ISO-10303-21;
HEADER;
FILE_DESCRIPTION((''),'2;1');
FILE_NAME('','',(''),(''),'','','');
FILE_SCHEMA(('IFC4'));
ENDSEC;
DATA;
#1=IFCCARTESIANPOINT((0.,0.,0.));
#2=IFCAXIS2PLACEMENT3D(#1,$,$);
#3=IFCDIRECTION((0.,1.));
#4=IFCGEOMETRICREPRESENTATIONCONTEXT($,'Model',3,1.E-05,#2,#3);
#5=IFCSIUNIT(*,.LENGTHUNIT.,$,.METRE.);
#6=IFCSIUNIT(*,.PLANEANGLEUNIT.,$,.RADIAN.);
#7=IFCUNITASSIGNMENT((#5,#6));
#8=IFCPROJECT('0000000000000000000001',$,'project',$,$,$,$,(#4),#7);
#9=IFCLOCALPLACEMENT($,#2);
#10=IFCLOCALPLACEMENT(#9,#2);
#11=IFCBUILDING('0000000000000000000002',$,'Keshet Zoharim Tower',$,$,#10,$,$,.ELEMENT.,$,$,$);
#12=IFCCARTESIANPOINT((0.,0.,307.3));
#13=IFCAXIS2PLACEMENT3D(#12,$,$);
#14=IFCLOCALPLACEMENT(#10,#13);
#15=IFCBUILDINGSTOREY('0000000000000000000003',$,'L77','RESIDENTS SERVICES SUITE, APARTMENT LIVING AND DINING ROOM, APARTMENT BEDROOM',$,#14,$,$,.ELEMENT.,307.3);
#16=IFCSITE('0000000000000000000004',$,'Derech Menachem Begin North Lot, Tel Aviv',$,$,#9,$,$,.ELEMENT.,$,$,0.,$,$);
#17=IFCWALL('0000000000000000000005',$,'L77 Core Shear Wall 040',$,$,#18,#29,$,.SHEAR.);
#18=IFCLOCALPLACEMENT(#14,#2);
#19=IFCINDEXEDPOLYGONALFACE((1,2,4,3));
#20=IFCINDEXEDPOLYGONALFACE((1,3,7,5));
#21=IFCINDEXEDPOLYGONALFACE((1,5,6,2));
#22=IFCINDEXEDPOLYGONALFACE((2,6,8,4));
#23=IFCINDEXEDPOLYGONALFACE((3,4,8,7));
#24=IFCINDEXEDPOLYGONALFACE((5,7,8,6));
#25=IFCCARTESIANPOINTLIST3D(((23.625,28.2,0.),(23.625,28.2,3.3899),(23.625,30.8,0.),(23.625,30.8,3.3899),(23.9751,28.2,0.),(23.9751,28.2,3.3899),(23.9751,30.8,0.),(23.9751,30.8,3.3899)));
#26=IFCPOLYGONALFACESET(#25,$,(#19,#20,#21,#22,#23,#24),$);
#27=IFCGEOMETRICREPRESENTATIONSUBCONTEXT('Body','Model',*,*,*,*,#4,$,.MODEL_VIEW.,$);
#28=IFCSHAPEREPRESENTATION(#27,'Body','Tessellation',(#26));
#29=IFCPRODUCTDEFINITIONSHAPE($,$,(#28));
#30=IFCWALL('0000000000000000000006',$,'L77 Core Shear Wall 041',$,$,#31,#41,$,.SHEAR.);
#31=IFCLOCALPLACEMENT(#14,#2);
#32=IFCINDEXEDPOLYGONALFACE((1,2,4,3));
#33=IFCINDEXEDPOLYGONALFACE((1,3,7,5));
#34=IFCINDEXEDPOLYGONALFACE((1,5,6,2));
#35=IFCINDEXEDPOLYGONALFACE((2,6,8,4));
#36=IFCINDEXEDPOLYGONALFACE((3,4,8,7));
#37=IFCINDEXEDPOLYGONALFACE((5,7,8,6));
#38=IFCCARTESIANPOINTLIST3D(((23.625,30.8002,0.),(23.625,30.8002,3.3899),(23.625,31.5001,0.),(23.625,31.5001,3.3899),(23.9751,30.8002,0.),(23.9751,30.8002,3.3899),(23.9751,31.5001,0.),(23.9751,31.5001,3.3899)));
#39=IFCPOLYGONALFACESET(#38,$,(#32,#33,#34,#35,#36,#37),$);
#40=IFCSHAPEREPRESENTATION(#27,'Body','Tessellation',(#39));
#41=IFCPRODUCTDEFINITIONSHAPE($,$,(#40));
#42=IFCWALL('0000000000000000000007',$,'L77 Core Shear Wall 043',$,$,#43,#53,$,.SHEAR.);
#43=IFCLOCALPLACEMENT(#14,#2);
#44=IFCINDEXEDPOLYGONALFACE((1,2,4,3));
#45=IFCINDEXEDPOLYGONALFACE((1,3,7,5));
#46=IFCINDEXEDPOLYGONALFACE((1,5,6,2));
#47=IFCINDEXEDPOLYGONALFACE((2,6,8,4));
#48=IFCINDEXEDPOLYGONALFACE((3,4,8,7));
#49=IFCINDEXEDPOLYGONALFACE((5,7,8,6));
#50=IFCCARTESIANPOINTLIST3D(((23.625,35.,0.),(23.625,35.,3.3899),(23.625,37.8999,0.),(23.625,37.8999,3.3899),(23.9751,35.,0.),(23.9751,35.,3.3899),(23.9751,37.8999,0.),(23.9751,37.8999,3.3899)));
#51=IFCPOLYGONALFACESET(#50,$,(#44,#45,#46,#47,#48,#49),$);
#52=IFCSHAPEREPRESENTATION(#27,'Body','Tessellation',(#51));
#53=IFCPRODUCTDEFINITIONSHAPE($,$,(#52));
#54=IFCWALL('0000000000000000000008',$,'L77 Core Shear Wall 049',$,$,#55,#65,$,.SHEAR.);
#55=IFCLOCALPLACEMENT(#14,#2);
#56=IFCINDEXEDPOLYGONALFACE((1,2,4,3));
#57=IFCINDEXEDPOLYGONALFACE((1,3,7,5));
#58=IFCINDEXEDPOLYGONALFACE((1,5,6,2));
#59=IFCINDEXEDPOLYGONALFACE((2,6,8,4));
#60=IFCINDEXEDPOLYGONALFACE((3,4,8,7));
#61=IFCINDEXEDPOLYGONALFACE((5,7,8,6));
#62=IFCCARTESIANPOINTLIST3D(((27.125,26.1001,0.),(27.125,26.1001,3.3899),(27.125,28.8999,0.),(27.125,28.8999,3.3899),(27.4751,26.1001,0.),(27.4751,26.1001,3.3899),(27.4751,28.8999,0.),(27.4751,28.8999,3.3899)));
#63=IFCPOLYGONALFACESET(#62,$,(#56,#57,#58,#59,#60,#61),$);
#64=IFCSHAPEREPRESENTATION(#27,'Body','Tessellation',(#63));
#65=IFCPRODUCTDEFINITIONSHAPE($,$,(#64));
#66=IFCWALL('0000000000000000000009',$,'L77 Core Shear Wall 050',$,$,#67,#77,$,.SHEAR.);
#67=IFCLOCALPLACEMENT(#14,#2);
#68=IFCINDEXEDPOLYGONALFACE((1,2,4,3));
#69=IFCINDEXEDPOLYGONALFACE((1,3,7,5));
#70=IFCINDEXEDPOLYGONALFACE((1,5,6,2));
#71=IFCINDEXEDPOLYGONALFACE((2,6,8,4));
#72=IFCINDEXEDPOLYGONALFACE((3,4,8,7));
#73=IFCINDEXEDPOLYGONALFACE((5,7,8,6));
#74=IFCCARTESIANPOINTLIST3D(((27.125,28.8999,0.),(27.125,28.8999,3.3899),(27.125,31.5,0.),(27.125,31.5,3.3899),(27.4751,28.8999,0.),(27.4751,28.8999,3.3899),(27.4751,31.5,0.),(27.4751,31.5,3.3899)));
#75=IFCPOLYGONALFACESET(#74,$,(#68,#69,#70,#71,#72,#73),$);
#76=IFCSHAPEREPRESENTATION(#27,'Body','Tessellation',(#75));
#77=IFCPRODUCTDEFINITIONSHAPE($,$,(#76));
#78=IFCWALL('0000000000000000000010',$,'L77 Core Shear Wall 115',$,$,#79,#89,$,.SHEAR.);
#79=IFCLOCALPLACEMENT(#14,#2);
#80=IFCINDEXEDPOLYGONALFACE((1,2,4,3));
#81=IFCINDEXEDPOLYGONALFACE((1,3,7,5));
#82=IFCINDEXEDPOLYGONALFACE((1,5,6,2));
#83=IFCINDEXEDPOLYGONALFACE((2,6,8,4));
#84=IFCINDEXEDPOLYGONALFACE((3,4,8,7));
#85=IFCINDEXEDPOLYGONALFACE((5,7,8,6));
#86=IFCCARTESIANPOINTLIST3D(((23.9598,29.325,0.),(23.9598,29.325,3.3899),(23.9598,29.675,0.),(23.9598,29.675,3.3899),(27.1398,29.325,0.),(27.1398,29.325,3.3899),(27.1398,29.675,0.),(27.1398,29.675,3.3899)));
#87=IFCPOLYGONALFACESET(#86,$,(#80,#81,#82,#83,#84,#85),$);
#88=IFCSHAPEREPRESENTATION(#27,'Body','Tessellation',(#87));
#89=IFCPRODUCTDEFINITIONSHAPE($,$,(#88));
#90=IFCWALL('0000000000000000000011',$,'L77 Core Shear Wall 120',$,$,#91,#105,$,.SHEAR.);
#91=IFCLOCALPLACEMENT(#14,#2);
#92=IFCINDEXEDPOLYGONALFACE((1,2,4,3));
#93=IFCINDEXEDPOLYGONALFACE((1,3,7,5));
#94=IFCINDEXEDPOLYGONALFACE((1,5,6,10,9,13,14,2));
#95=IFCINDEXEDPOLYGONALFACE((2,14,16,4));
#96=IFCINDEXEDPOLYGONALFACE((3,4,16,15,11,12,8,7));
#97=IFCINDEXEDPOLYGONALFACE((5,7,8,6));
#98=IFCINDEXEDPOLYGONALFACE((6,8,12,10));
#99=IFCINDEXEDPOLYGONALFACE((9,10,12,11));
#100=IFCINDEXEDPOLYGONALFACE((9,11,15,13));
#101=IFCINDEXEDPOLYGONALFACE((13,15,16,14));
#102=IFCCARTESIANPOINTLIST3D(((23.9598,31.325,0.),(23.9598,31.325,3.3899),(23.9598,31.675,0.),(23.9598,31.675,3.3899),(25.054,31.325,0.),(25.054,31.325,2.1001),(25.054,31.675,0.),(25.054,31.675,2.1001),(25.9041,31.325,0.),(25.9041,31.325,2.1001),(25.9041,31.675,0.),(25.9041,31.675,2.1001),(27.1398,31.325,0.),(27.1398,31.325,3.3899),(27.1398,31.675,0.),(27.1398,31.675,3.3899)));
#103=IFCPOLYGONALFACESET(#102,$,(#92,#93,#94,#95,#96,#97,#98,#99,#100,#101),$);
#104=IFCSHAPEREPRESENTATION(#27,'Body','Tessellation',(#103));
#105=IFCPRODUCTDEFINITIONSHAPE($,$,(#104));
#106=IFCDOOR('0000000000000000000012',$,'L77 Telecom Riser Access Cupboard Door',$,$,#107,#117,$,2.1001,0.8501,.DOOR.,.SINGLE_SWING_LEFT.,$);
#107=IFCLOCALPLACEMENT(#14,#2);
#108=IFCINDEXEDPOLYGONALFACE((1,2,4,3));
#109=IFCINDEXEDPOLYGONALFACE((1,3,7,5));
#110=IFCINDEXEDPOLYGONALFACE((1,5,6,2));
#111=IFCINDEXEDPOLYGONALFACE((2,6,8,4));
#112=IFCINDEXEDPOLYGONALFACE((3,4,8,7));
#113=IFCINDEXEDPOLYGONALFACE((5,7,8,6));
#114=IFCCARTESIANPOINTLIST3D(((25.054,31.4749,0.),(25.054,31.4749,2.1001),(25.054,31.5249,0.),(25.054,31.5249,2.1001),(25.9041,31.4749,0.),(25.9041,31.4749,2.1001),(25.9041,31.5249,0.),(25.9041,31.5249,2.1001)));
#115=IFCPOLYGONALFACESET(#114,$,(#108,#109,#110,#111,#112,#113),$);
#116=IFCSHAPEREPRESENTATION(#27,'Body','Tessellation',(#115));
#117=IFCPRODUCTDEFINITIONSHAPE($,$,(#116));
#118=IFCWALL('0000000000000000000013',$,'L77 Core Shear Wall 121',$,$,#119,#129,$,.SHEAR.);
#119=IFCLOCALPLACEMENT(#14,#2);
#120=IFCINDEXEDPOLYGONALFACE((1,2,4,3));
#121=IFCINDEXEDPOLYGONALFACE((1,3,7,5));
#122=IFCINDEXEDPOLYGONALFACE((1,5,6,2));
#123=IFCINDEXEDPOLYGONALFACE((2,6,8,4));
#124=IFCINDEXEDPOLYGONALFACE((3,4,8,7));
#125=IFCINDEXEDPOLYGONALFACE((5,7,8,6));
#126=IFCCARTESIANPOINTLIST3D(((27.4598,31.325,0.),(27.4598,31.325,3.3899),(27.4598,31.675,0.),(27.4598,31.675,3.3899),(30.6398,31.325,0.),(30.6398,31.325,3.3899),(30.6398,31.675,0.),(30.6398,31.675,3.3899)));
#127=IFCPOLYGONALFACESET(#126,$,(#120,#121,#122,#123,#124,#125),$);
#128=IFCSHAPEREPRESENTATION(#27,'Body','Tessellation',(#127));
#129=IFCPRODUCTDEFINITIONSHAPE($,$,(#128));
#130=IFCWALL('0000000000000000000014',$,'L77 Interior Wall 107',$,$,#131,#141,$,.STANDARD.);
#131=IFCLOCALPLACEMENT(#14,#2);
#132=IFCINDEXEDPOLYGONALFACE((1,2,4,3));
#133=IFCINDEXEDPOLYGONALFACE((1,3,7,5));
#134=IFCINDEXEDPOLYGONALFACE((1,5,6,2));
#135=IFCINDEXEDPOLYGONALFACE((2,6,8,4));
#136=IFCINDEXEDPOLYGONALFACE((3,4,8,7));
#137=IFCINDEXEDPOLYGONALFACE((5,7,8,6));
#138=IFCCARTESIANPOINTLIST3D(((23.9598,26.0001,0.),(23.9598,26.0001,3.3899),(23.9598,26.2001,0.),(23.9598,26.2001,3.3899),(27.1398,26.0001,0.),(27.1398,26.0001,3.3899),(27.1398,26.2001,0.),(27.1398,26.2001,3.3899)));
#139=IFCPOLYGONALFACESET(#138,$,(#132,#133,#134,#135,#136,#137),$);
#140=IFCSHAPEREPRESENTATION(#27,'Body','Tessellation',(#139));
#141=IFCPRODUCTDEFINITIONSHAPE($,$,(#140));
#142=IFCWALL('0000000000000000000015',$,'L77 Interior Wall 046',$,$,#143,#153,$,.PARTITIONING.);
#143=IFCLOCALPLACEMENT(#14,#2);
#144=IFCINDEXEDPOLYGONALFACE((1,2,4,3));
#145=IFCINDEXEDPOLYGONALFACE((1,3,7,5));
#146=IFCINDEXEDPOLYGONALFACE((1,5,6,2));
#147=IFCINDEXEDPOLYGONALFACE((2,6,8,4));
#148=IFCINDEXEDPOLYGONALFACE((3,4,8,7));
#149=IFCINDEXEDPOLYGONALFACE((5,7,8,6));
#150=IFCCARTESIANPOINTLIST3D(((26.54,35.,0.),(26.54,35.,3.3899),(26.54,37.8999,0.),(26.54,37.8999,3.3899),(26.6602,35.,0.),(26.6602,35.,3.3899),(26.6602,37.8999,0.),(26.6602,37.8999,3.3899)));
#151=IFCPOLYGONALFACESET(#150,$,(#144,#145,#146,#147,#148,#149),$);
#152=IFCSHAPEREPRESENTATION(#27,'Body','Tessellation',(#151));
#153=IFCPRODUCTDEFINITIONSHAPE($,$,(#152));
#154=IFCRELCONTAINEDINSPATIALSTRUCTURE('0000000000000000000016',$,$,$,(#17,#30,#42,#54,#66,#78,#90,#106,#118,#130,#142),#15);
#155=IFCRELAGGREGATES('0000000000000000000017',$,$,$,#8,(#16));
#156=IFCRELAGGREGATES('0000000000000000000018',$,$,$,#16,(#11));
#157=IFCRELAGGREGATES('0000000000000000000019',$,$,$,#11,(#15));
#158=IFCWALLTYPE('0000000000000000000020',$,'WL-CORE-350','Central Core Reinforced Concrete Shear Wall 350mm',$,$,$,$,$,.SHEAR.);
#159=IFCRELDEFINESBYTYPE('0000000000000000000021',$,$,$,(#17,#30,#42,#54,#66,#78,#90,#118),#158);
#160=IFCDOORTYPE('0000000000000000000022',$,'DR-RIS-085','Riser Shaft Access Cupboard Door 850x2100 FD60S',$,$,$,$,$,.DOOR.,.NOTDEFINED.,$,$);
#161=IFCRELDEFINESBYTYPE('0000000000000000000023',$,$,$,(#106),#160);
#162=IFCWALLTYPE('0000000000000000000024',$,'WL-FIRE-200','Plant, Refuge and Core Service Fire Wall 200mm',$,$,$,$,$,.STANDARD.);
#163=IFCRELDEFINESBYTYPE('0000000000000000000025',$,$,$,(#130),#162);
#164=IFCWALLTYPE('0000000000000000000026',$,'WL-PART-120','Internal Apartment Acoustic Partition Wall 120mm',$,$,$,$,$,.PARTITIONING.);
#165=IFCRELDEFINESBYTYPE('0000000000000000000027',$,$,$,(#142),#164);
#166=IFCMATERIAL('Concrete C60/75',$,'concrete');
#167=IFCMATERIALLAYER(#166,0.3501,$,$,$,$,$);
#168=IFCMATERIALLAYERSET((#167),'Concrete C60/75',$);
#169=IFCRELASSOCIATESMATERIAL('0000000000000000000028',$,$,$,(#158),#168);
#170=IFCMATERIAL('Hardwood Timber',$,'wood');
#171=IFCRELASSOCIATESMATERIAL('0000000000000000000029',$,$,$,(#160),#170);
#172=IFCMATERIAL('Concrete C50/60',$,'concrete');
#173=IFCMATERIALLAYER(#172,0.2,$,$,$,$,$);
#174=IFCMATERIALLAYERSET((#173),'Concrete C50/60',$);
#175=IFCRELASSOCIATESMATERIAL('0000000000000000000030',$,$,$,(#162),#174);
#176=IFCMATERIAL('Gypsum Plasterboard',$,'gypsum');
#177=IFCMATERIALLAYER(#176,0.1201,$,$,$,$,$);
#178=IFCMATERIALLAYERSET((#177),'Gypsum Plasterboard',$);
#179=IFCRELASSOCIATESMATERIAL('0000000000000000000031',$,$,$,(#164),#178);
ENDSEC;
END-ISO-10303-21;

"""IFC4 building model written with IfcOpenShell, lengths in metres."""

from ifc_helpers import new_model, si_unit, direction, frame, frame_2d, origin, place, context, subcontext, project, spatial, rectangle, extrude, material, layer, layer_set, type_object, element, fill, save


model = new_model("IFC4")

# Units and contexts
model_context = context("Model", 3, precision=1e-05, world=origin(), true_north=direction((0.0, 1.0)))
body_context = subcontext(model_context, "Body", "Model", "MODEL_VIEW")
ifc_project = project(units=[si_unit("LENGTHUNIT", "METRE"), si_unit("PLANEANGLEUNIT", "RADIAN")], contexts=[model_context])

# Site, building, storey
site_placement = place(None, origin())
site = spatial("IfcSite", under=ifc_project, at=site_placement, Name="Derech Menachem Begin North Lot, Tel Aviv", CompositionType="ELEMENT", RefElevation=0.0)
building_placement = place(site_placement, origin())
building = spatial("IfcBuilding", under=site, at=building_placement, Name="Keshet Zoharim Tower", CompositionType="ELEMENT")
storey_placement = place(building_placement, frame((0.0, 0.0, 307.3)))
storey = spatial("IfcBuildingStorey", under=building, at=storey_placement, Name="L77", Description="RESIDENTS SERVICES SUITE, APARTMENT LIVING AND DINING ROOM, APARTMENT BEDROOM", CompositionType="ELEMENT", Elevation=307.3)

# Shared definitions
ifc_material_1 = material(Name="Gypsum Plasterboard", Category="gypsum")

# Shared definitions
ifc_material_2 = material(Name="Concrete C60/75", Category="concrete")
ifc_layer_1 = layer(ifc_material_2, 0.3501)
ifc_layer_set_1 = layer_set([ifc_layer_1], Name="Concrete C60/75")
wall_type_1 = type_object("IfcWallType", Name="WL-CORE-350", Description="Central Core Reinforced Concrete Shear Wall 350mm", PredefinedType="SHEAR", material=ifc_layer_set_1)
ifc_material_3 = material(Name="Hardwood Timber", Category="wood")

# Walls
wall_1_placement = place(storey_placement, frame((23.8, 28.2, 0.0), z_axis=(0.0, 0.0, 1.0), x_axis=(0.0, 1.0, 0.0)))
element("IfcWall", 1, at=wall_1_placement, inside=storey, type_object=wall_type_1, Name="L77 Core Shear Wall 040", PredefinedType="SHEAR", context=body_context, shape_type="SweptSolid", body=[
    extrude(rectangle(XDim=2.6001, YDim=0.3501, at=frame_2d((1.3, 0.0))), origin(), (0.0, 0.0, 1.0), 3.3899),
])
wall_2_placement = place(storey_placement, frame((23.8, 30.8, 0.0), z_axis=(0.0, 0.0, 1.0), x_axis=(0.0, 1.0, 0.0)))
element("IfcWall", 2, at=wall_2_placement, inside=storey, type_object=wall_type_1, Name="L77 Core Shear Wall 041", PredefinedType="SHEAR", context=body_context, shape_type="SweptSolid", body=[
    extrude(rectangle(XDim=0.7, YDim=0.3501, at=frame_2d((0.3501, 0.0))), origin(), (0.0, 0.0, 1.0), 3.3899),
])

# Walls
wall_3_placement = place(storey_placement, frame((23.8, 35.0, 0.0), z_axis=(0.0, 0.0, 1.0), x_axis=(0.0, 1.0, 0.0)))
element("IfcWall", 3, at=wall_3_placement, inside=storey, type_object=wall_type_1, Name="L77 Core Shear Wall 043", PredefinedType="SHEAR", context=body_context, shape_type="SweptSolid", body=[
    extrude(rectangle(XDim=2.8999, YDim=0.3501, at=frame_2d((1.45, 0.0))), origin(), (0.0, 0.0, 1.0), 3.3899),
])
wall_4_placement = place(storey_placement, frame((27.3, 26.1001, 0.0), z_axis=(0.0, 0.0, 1.0), x_axis=(0.0, 1.0, 0.0)))
element("IfcWall", 4, at=wall_4_placement, inside=storey, type_object=wall_type_1, Name="L77 Core Shear Wall 049", PredefinedType="SHEAR", context=body_context, shape_type="SweptSolid", body=[
    extrude(rectangle(XDim=2.7998, YDim=0.3501, at=frame_2d((1.3999, 0.0))), origin(), (0.0, 0.0, 1.0), 3.3899),
])
wall_5_placement = place(storey_placement, frame((27.3, 28.8999, 0.0), z_axis=(0.0, 0.0, 1.0), x_axis=(0.0, 1.0, 0.0)))
element("IfcWall", 5, at=wall_5_placement, inside=storey, type_object=wall_type_1, Name="L77 Core Shear Wall 050", PredefinedType="SHEAR", context=body_context, shape_type="SweptSolid", body=[
    extrude(rectangle(XDim=2.6001, YDim=0.3501, at=frame_2d((1.3, 0.0))), origin(), (0.0, 0.0, 1.0), 3.3899),
])

# Wall
wall_6_placement = place(storey_placement, frame((23.96, 29.5, 0.0), z_axis=(0.0, 0.0, 1.0), x_axis=(1.0, 0.0, 0.0)))
element("IfcWall", 6, at=wall_6_placement, inside=storey, type_object=wall_type_1, Name="L77 Core Shear Wall 115", PredefinedType="SHEAR", context=body_context, shape_type="SweptSolid", body=[
    extrude(rectangle(XDim=3.1799, YDim=0.3501, at=frame_2d((1.5898, 0.0))), origin(), (0.0, 0.0, 1.0), 3.3899),
])

# Wall, opening, door
wall_7_placement = place(storey_placement, frame((23.96, 31.5, 0.0), z_axis=(0.0, 0.0, 1.0), x_axis=(1.0, 0.0, 0.0)))
wall_7 = element("IfcWall", 7, at=wall_7_placement, inside=storey, type_object=wall_type_1, Name="L77 Core Shear Wall 120", PredefinedType="SHEAR", context=body_context, shape_type="SweptSolid", body=[
    extrude(rectangle(XDim=3.1799, YDim=0.3501, at=frame_2d((1.5898, 0.0))), origin(), (0.0, 0.0, 1.0), 3.3899),
])
opening_1_placement = place(wall_7_placement, frame((1.094, 0.0, 0.0)))
opening_1 = element("IfcOpeningElement", 8, at=opening_1_placement, cuts=wall_7, PredefinedType="OPENING", context=body_context, shape_type="SweptSolid", body=[
    extrude(rectangle(XDim=0.8501, YDim=2.1001, at=frame_2d((0.425, 1.05))), frame((0.0, 0.1851, 0.0), z_axis=(0.0, -1.0, 0.0), x_axis=(1.0, 0.0, 0.0)), (0.0, 0.0, 1.0), 0.3701),
])
door_type_1 = type_object("IfcDoorType", Name="DR-RIS-085", Description="Riser Shaft Access Cupboard Door 850x2100 FD60S", OperationType="NOTDEFINED", PredefinedType="DOOR", material=ifc_material_3)
door_1_placement = place(opening_1_placement, origin())
door_1 = element("IfcDoor", 9, at=door_1_placement, inside=storey, type_object=door_type_1, Name="L77 Telecom Riser Access Cupboard Door", OperationType="SINGLE_SWING_LEFT", OverallHeight=2.1001, OverallWidth=0.8501, PredefinedType="DOOR", context=body_context, shape_type="SweptSolid", body=[
    extrude(rectangle(XDim=0.8501, YDim=2.1001, at=frame_2d((0.425, 1.05))), frame((0.0, 0.0249, 0.0), z_axis=(0.0, -1.0, 0.0), x_axis=(1.0, 0.0, 0.0)), (0.0, 0.0, 1.0), 0.05),
])
fill(opening_1, door_1)

# Wall
wall_8_placement = place(storey_placement, frame((27.46, 31.5, 0.0), z_axis=(0.0, 0.0, 1.0), x_axis=(1.0, 0.0, 0.0)))
element("IfcWall", 10, at=wall_8_placement, inside=storey, type_object=wall_type_1, Name="L77 Core Shear Wall 121", PredefinedType="SHEAR", context=body_context, shape_type="SweptSolid", body=[
    extrude(rectangle(XDim=3.1799, YDim=0.3501, at=frame_2d((1.5898, 0.0))), origin(), (0.0, 0.0, 1.0), 3.3899),
])

# Walls
ifc_material_4 = material(Name="Concrete C50/60", Category="concrete")
ifc_layer_2 = layer(ifc_material_4, 0.2)
ifc_layer_set_2 = layer_set([ifc_layer_2], Name="Concrete C50/60")
wall_type_2 = type_object("IfcWallType", Name="WL-FIRE-200", Description="Plant, Refuge and Core Service Fire Wall 200mm", PredefinedType="STANDARD", material=ifc_layer_set_2)
wall_9_placement = place(storey_placement, frame((23.96, 26.1001, 0.0), z_axis=(0.0, 0.0, 1.0), x_axis=(1.0, 0.0, 0.0)))
element("IfcWall", 11, at=wall_9_placement, inside=storey, type_object=wall_type_2, Name="L77 Interior Wall 107", PredefinedType="STANDARD", context=body_context, shape_type="SweptSolid", body=[
    extrude(rectangle(XDim=3.1799, YDim=0.2, at=frame_2d((1.5898, 0.0))), origin(), (0.0, 0.0, 1.0), 3.3899),
])
ifc_layer_3 = layer(ifc_material_1, 0.1201)
ifc_layer_set_3 = layer_set([ifc_layer_3], Name="Gypsum Plasterboard")
wall_type_3 = type_object("IfcWallType", Name="WL-PART-120", Description="Internal Apartment Acoustic Partition Wall 120mm", PredefinedType="PARTITIONING", material=ifc_layer_set_3)
wall_10_placement = place(storey_placement, frame((26.6001, 35.0, 0.0), z_axis=(0.0, 0.0, 1.0), x_axis=(0.0, 1.0, 0.0)))
element("IfcWall", 12, at=wall_10_placement, inside=storey, type_object=wall_type_3, Name="L77 Interior Wall 046", PredefinedType="PARTITIONING", context=body_context, shape_type="SweptSolid", body=[
    extrude(rectangle(XDim=2.8999, YDim=0.1201, at=frame_2d((1.45, 0.0))), origin(), (0.0, 0.0, 1.0), 3.3899),
])

save(model, "model.ifc")
